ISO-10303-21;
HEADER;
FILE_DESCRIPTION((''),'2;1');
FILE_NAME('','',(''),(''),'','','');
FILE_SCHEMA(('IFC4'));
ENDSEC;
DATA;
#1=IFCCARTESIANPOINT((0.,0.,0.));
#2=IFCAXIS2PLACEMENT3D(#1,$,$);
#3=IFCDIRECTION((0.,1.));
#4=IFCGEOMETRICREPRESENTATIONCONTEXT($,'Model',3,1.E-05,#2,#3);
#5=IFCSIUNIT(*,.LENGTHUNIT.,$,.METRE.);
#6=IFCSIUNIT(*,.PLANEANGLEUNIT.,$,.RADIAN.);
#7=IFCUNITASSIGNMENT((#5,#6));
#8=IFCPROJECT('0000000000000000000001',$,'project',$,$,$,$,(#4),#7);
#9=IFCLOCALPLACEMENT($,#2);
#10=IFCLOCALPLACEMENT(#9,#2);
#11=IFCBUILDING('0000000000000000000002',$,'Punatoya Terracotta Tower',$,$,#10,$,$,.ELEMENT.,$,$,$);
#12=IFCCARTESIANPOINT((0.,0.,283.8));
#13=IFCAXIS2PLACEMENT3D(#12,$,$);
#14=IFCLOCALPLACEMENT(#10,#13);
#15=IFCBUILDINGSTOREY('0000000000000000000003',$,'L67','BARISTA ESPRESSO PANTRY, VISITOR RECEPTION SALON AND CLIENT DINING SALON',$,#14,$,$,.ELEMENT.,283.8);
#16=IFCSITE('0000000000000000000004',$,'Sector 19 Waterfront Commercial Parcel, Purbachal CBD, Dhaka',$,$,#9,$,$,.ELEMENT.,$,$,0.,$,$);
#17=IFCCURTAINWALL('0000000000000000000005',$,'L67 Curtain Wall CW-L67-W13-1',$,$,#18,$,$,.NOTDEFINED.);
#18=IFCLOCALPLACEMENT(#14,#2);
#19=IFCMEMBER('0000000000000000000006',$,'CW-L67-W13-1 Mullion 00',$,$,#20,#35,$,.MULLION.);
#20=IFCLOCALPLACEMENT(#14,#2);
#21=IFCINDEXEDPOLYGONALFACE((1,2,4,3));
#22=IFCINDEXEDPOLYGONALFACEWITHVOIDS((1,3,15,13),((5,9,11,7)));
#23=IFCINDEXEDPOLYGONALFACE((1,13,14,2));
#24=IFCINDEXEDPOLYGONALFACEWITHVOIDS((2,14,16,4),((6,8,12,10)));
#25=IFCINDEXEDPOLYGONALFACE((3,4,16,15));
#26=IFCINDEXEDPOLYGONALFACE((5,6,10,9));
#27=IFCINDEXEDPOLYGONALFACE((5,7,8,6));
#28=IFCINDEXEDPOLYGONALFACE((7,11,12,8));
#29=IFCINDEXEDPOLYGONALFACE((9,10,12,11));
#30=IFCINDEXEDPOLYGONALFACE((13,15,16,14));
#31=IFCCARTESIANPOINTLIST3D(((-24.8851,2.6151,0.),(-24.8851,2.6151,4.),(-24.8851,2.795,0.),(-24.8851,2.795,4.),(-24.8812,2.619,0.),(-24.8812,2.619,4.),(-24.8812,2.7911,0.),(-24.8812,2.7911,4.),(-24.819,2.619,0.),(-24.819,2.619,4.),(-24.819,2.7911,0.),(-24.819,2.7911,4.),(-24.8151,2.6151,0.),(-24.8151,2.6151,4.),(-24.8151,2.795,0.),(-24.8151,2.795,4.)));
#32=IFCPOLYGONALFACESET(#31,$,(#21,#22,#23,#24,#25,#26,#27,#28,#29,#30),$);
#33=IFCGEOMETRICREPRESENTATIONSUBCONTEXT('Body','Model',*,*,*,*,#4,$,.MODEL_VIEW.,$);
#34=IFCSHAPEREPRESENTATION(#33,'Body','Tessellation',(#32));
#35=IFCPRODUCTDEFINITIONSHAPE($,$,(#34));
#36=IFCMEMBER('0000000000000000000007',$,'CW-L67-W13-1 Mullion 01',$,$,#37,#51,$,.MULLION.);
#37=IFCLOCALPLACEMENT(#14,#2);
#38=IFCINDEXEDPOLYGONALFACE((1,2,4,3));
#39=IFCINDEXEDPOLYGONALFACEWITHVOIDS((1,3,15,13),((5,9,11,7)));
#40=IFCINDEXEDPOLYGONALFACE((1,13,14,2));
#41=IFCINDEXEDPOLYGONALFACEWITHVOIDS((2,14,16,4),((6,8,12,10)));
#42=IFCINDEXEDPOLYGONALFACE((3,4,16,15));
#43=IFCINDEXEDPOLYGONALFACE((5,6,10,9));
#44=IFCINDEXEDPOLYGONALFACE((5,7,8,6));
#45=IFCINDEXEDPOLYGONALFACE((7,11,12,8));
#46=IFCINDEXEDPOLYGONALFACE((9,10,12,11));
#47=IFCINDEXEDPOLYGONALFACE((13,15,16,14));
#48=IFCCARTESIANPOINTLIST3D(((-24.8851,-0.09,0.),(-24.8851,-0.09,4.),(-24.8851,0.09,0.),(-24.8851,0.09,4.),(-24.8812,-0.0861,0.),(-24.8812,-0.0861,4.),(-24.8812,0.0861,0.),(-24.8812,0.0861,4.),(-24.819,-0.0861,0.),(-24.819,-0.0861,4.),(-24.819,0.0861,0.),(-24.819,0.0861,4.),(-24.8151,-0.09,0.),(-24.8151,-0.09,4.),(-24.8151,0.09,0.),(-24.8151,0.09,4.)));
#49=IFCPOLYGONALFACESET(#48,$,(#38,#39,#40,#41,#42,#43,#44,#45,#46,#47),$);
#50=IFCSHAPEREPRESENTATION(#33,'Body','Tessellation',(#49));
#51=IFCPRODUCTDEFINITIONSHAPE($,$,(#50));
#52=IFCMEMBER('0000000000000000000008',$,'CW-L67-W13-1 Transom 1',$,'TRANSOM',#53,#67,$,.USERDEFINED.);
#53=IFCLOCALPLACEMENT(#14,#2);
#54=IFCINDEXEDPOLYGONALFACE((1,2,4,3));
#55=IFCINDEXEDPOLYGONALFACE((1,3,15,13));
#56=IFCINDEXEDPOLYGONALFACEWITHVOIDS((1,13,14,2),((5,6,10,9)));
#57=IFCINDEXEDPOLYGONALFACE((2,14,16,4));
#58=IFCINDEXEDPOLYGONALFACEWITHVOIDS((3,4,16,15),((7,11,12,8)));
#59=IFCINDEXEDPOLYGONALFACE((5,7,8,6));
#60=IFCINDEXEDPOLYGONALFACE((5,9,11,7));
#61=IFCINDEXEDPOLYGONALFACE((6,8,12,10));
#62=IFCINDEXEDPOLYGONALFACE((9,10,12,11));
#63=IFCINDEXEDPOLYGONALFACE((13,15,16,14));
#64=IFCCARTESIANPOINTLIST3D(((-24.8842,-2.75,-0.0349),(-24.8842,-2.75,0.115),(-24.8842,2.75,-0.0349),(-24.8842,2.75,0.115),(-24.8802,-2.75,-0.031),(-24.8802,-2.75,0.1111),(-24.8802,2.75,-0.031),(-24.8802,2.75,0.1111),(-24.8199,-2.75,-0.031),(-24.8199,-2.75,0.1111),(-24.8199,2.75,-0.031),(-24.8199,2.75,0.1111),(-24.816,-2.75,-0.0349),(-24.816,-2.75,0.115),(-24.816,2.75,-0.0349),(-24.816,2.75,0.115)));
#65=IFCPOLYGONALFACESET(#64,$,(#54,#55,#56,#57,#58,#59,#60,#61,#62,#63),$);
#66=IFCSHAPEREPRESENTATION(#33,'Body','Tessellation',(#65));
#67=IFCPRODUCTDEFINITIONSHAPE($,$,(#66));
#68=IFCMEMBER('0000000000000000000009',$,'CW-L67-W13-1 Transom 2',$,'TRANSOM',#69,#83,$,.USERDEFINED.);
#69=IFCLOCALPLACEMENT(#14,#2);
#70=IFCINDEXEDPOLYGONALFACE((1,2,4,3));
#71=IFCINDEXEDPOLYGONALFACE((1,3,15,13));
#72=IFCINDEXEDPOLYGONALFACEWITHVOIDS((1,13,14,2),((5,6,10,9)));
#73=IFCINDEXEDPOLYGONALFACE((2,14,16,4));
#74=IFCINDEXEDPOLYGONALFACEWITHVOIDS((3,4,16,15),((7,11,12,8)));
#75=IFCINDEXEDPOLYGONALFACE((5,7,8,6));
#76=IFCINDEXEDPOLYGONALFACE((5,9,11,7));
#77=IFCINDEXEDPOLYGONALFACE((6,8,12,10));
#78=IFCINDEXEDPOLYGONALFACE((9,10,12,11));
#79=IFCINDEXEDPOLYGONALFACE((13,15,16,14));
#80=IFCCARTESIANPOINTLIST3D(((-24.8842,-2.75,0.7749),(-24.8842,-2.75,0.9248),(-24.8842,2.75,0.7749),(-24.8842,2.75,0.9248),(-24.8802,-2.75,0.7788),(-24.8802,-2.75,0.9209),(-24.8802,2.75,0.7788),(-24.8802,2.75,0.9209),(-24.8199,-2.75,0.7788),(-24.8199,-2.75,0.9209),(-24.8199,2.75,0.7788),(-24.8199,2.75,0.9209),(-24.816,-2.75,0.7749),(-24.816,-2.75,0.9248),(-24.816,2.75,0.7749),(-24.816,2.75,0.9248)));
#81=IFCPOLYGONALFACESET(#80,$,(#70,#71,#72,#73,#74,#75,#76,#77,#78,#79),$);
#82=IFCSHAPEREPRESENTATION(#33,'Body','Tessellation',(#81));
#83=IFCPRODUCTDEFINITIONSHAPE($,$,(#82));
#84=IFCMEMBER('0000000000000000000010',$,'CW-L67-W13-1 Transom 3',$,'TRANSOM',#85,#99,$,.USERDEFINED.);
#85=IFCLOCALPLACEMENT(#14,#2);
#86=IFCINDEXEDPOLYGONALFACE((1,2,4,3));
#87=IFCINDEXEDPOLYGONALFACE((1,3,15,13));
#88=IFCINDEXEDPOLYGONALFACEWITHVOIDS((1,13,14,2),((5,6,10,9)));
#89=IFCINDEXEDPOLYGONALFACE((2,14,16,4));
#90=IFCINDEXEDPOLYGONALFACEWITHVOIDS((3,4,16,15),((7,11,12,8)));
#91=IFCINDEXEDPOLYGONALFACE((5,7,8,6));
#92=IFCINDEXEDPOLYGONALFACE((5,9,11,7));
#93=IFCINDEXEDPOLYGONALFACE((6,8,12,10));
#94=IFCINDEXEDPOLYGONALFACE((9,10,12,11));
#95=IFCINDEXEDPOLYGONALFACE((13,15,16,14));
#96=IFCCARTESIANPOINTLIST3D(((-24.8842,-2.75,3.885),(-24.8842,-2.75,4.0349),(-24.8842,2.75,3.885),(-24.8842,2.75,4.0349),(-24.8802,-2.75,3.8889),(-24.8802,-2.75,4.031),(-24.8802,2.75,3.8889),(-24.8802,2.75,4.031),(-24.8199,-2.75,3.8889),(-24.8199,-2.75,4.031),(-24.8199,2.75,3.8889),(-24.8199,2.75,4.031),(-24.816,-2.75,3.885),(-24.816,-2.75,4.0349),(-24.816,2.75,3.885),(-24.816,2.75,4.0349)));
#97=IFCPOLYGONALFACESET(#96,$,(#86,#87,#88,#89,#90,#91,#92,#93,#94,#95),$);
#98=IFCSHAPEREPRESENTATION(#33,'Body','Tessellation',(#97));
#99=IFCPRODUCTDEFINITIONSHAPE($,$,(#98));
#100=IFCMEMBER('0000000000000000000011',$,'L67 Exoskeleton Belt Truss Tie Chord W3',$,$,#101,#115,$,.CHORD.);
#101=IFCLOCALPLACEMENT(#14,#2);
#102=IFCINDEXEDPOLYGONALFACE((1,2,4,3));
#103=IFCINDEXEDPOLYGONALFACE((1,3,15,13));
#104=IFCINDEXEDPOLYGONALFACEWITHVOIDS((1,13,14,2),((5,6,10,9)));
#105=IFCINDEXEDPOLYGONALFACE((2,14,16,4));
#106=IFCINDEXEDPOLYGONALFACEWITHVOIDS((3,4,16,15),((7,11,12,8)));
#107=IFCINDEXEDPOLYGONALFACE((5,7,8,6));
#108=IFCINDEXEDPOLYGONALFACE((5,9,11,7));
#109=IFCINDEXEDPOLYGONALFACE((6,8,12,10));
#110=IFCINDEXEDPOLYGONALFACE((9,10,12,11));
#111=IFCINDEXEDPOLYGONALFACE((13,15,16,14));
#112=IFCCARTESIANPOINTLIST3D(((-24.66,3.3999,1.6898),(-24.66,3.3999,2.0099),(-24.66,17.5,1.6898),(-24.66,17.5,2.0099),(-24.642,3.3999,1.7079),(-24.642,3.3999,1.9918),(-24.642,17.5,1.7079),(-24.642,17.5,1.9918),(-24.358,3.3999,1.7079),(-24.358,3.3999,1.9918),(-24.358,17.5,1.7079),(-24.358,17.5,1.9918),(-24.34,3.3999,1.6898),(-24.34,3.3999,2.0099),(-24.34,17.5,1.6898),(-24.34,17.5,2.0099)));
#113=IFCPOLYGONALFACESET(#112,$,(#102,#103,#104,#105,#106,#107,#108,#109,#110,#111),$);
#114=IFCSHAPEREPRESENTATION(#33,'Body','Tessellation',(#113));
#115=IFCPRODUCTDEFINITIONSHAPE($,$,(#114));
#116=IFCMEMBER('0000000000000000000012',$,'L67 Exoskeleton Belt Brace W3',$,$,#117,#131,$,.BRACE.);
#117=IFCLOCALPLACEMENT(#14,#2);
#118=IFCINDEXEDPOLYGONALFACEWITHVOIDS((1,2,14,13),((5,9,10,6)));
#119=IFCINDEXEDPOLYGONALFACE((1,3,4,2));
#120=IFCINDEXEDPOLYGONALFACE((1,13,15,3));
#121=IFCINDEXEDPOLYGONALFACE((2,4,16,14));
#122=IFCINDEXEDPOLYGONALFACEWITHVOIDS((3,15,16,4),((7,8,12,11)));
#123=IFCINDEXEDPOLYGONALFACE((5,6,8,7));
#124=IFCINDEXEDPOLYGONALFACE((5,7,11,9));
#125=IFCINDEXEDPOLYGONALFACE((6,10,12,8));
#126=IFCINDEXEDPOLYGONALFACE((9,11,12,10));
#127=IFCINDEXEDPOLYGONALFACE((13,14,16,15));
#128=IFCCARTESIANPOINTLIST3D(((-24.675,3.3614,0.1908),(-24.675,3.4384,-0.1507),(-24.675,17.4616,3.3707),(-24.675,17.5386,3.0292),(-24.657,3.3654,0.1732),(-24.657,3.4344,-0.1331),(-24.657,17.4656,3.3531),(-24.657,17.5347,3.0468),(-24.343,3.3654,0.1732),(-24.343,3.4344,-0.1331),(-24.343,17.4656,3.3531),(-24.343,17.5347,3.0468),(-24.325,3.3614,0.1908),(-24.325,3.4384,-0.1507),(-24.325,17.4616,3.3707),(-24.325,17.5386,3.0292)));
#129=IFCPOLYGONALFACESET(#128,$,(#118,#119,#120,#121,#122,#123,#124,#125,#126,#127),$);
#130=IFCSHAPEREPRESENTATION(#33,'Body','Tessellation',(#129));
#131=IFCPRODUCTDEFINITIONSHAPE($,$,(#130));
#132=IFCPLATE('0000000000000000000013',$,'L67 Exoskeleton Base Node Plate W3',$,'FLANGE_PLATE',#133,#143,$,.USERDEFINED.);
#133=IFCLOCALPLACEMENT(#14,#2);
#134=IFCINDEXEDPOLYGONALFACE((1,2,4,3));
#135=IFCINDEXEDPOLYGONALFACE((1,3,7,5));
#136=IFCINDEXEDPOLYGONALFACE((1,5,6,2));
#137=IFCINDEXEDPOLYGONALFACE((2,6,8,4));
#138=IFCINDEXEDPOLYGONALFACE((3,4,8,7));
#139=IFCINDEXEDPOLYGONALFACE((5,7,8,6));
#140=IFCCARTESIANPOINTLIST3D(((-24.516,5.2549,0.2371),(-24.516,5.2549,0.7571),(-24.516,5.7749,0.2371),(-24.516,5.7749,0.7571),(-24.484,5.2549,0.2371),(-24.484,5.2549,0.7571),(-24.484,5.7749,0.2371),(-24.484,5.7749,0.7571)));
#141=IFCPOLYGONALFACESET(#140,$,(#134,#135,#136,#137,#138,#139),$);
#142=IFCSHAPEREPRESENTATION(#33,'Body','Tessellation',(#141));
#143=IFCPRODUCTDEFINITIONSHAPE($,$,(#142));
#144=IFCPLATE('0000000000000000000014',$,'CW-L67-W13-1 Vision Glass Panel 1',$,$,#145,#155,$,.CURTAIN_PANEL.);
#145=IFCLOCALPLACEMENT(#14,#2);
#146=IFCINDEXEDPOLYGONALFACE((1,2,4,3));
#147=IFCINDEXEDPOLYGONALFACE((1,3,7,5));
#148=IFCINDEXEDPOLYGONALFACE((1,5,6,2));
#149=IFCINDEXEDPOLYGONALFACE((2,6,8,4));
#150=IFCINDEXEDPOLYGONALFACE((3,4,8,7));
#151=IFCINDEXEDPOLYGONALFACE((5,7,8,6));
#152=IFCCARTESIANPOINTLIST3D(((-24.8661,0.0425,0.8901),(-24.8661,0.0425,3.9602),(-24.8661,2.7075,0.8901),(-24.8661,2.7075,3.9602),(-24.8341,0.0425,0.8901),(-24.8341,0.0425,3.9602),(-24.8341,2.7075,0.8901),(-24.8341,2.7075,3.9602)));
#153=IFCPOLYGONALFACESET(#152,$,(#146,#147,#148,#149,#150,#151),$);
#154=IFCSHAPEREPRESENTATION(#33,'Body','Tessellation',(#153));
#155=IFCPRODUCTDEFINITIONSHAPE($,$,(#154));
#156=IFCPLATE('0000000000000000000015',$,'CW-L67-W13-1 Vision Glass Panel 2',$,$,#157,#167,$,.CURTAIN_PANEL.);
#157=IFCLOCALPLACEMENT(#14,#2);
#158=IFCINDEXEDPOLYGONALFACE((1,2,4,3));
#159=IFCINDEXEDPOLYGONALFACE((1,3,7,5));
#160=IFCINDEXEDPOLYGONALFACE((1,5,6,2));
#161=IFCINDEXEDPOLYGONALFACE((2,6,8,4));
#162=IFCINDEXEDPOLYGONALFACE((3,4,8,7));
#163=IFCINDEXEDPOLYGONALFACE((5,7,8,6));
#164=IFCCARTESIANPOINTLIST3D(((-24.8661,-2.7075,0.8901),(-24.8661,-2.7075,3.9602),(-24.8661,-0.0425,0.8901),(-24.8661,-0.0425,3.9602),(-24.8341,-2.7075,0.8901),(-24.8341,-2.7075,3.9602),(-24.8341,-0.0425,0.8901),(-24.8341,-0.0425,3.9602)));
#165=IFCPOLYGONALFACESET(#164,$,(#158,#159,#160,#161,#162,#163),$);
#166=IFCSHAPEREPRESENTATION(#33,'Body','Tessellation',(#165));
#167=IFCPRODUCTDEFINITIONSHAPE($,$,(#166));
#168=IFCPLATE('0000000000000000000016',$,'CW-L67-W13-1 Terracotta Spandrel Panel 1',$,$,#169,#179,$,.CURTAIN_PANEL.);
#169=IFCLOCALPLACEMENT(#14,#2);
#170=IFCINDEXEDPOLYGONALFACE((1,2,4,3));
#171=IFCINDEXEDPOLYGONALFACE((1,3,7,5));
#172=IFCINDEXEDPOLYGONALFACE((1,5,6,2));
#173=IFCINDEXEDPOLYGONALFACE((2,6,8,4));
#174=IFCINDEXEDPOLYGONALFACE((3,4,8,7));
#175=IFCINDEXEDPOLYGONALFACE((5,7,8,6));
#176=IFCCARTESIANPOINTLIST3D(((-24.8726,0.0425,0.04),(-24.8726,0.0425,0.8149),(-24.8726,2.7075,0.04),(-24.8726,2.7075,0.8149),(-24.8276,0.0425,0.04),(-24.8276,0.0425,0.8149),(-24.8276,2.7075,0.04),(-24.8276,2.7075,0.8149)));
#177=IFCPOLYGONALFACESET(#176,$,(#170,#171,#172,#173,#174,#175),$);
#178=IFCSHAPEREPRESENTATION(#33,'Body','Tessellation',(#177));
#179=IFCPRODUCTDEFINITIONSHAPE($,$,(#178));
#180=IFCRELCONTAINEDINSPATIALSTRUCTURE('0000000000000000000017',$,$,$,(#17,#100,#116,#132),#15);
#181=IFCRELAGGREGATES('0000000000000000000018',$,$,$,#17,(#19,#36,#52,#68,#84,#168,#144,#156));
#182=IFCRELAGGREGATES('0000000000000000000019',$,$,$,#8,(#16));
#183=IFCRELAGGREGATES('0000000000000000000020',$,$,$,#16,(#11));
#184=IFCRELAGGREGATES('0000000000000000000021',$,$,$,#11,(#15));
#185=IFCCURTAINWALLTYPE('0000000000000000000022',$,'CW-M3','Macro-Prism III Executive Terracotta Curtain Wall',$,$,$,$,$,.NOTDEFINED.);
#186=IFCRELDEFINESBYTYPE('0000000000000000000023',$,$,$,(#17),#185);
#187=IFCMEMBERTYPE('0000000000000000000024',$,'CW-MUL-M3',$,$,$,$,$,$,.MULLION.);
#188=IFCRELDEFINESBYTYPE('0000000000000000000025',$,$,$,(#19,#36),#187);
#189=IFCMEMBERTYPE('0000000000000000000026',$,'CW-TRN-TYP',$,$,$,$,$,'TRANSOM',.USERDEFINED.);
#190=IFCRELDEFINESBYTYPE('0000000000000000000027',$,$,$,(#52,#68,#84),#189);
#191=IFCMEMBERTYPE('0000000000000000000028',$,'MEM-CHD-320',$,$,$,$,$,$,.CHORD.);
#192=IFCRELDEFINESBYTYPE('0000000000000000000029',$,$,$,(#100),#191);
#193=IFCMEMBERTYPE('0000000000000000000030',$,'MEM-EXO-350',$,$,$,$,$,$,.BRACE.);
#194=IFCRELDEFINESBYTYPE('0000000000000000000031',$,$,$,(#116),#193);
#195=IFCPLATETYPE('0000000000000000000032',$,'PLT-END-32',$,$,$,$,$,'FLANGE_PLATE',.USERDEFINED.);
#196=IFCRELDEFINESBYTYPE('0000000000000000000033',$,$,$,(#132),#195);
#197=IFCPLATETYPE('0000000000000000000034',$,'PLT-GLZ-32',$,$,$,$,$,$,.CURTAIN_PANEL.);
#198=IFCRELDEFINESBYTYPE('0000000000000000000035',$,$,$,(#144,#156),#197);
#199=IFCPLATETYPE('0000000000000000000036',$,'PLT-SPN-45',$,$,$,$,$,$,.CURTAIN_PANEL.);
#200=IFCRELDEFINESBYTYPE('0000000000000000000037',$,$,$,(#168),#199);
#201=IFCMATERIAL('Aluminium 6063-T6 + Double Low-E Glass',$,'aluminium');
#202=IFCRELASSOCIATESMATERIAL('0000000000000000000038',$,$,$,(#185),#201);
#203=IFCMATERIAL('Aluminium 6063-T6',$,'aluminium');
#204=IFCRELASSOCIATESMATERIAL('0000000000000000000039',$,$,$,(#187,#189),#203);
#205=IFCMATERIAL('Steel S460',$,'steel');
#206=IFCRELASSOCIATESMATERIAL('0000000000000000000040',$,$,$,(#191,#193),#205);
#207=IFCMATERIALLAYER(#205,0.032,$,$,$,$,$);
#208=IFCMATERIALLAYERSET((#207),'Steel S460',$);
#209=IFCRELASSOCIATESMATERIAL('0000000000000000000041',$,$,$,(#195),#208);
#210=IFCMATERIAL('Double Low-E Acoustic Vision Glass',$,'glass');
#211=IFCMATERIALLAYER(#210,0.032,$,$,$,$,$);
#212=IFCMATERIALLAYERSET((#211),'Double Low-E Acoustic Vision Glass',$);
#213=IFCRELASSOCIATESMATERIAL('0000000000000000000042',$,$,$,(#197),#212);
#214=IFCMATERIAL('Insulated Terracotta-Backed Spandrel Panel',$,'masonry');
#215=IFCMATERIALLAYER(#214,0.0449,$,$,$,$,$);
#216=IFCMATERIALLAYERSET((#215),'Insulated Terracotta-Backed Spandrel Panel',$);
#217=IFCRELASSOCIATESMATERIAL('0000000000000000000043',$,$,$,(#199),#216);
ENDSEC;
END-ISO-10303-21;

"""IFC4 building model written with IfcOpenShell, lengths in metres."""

from ifc_helpers import new_model, si_unit, direction, frame, origin, origin_2d, place, context, subcontext, project, spatial, rectangle, hollow_rectangle, extrude, material, layer, layer_set, material_profile, profile_set, type_object, element, aggregate, save


model = new_model("IFC4")

# Units and contexts
model_context = context("Model", 3, precision=1e-05, world=origin(), true_north=direction((0.0, 1.0)))
body_context = subcontext(model_context, "Body", "Model", "MODEL_VIEW")
ifc_project = project(units=[si_unit("LENGTHUNIT", "METRE"), si_unit("PLANEANGLEUNIT", "RADIAN")], contexts=[model_context])

# Site, building, storey
site_placement = place(None, origin())
site = spatial("IfcSite", under=ifc_project, at=site_placement, Name="Sector 19 Waterfront Commercial Parcel, Purbachal CBD, Dhaka", CompositionType="ELEMENT", RefElevation=0.0)
building_placement = place(site_placement, origin())
building = spatial("IfcBuilding", under=site, at=building_placement, Name="Punatoya Terracotta Tower", CompositionType="ELEMENT")
storey_placement = place(building_placement, frame((0.0, 0.0, 283.8)))
storey = spatial("IfcBuildingStorey", under=building, at=storey_placement, Name="L67", Description="BARISTA ESPRESSO PANTRY, VISITOR RECEPTION SALON AND CLIENT DINING SALON", CompositionType="ELEMENT", Elevation=283.8)

# Shared definitions
ifc_material_1 = material(Name="Steel S460", Category="steel")

# Curtain wall, members
ifc_material_2 = material(Name="Aluminium 6063-T6 + Double Low-E Glass", Category="aluminium")
curtain_wall_type = type_object("IfcCurtainWallType", Name="CW-M3", Description="Macro-Prism III Executive Terracotta Curtain Wall", PredefinedType="NOTDEFINED", material=ifc_material_2)
curtain_wall_placement = place(storey_placement, origin())
curtain_wall = element("IfcCurtainWall", 1, at=curtain_wall_placement, inside=storey, type_object=curtain_wall_type, Name="L67 Curtain Wall CW-L67-W13-1", PredefinedType="NOTDEFINED")
ifc_material_3 = material(Name="Aluminium 6063-T6", Category="aluminium")
ifc_material_profile_1 = material_profile(ifc_material_3, hollow_rectangle(XDim=0.0701, YDim=0.1799, WallThickness=0.0039, at=origin_2d()))
ifc_profile_set_1 = profile_set([ifc_material_profile_1], Name="Aluminium 6063-T6")
member_type_1 = type_object("IfcMemberType", Name="CW-MUL-M3", PredefinedType="MULLION", material=ifc_profile_set_1)
member_1_placement = place(storey_placement, frame((-24.8501, 2.7051, 0.0), z_axis=(0.0, 0.0, 1.0), x_axis=(1.0, 0.0, 0.0)))
member_1 = element("IfcMember", 2, at=member_1_placement, type_object=member_type_1, Name="CW-L67-W13-1 Mullion 00", PredefinedType="MULLION", context=body_context, shape_type="SweptSolid", body=[
    extrude(hollow_rectangle(XDim=0.0701, YDim=0.1799, WallThickness=0.0039, at=origin_2d()), origin(), (0.0, 0.0, 1.0), 4.0),
])
member_2_placement = place(storey_placement, frame((-24.8501, 0.0, 0.0), z_axis=(0.0, 0.0, 1.0), x_axis=(1.0, 0.0, 0.0)))
member_2 = element("IfcMember", 3, at=member_2_placement, type_object=member_type_1, Name="CW-L67-W13-1 Mullion 01", PredefinedType="MULLION", context=body_context, shape_type="SweptSolid", body=[
    extrude(hollow_rectangle(XDim=0.0701, YDim=0.1799, WallThickness=0.0039, at=origin_2d()), origin(), (0.0, 0.0, 1.0), 4.0),
])
ifc_material_profile_2 = material_profile(ifc_material_3, hollow_rectangle(XDim=0.0681, YDim=0.1499, WallThickness=0.0039, at=origin_2d()))
ifc_profile_set_2 = profile_set([ifc_material_profile_2], Name="Aluminium 6063-T6")
member_type_2 = type_object("IfcMemberType", Name="CW-TRN-TYP", ElementType="TRANSOM", PredefinedType="USERDEFINED", material=ifc_profile_set_2)
member_3_placement = place(storey_placement, frame((-24.8501, 2.75, 0.04), z_axis=(0.0, -1.0, 0.0), x_axis=(1.0, 0.0, 0.0)))
member_3 = element("IfcMember", 4, at=member_3_placement, type_object=member_type_2, Name="CW-L67-W13-1 Transom 1", ObjectType="TRANSOM", PredefinedType="USERDEFINED", context=body_context, shape_type="SweptSolid", body=[
    extrude(hollow_rectangle(XDim=0.0681, YDim=0.1499, WallThickness=0.0039, at=origin_2d()), origin(), (0.0, 0.0, 1.0), 5.5),
])
member_4_placement = place(storey_placement, frame((-24.8501, 2.75, 0.8499), z_axis=(0.0, -1.0, 0.0), x_axis=(1.0, 0.0, 0.0)))
member_4 = element("IfcMember", 5, at=member_4_placement, type_object=member_type_2, Name="CW-L67-W13-1 Transom 2", ObjectType="TRANSOM", PredefinedType="USERDEFINED", context=body_context, shape_type="SweptSolid", body=[
    extrude(hollow_rectangle(XDim=0.0681, YDim=0.1499, WallThickness=0.0039, at=origin_2d()), origin(), (0.0, 0.0, 1.0), 5.5),
])
member_5_placement = place(storey_placement, frame((-24.8501, 2.75, 3.96), z_axis=(0.0, -1.0, 0.0), x_axis=(1.0, 0.0, 0.0)))
member_5 = element("IfcMember", 6, at=member_5_placement, type_object=member_type_2, Name="CW-L67-W13-1 Transom 3", ObjectType="TRANSOM", PredefinedType="USERDEFINED", context=body_context, shape_type="SweptSolid", body=[
    extrude(hollow_rectangle(XDim=0.0681, YDim=0.1499, WallThickness=0.0039, at=origin_2d()), origin(), (0.0, 0.0, 1.0), 5.5),
])

# Members
ifc_material_profile_3 = material_profile(ifc_material_1, hollow_rectangle(XDim=0.3201, YDim=0.3201, WallThickness=0.0181, at=origin_2d()))
ifc_profile_set_3 = profile_set([ifc_material_profile_3], Name="Steel S460")
member_type_3 = type_object("IfcMemberType", Name="MEM-CHD-320", PredefinedType="CHORD", material=ifc_profile_set_3)
member_6_placement = place(storey_placement, frame((-24.5, 3.3999, 1.8499), z_axis=(0.0, 1.0, 0.0), x_axis=(-1.0, 0.0, 0.0)))
element("IfcMember", 7, at=member_6_placement, inside=storey, type_object=member_type_3, Name="L67 Exoskeleton Belt Truss Tie Chord W3", PredefinedType="CHORD", context=body_context, shape_type="SweptSolid", body=[
    extrude(hollow_rectangle(XDim=0.3201, YDim=0.3201, WallThickness=0.0181, at=origin_2d()), origin(), (0.0, 0.0, 1.0), 14.1001),
])
ifc_material_profile_4 = material_profile(ifc_material_1, hollow_rectangle(XDim=0.3501, YDim=0.3501, WallThickness=0.0181, at=origin_2d()))
ifc_profile_set_4 = profile_set([ifc_material_profile_4], Name="Steel S460")
member_type_4 = type_object("IfcMemberType", Name="MEM-EXO-350", PredefinedType="BRACE", material=ifc_profile_set_4)
member_7_placement = place(storey_placement, frame((-24.5, 3.3999, 0.02), z_axis=(0.0, 0.9755, 0.22), x_axis=(-1.0, 0.0, 0.0)))
element("IfcMember", 8, at=member_7_placement, inside=storey, type_object=member_type_4, Name="L67 Exoskeleton Belt Brace W3", PredefinedType="BRACE", context=body_context, shape_type="SweptSolid", body=[
    extrude(hollow_rectangle(XDim=0.3501, YDim=0.3501, WallThickness=0.0181, at=origin_2d()), origin(), (0.0, 0.0, 1.0), 14.4543),
])

# Plates
ifc_layer_1 = layer(ifc_material_1, 0.032)
ifc_layer_set_1 = layer_set([ifc_layer_1], Name="Steel S460")
plate_type_1 = type_object("IfcPlateType", Name="PLT-END-32", ElementType="FLANGE_PLATE", PredefinedType="USERDEFINED", material=ifc_layer_set_1)
plate_1_placement = place(storey_placement, frame((-24.5, 5.5149, 0.2371), z_axis=(0.0, 0.0, 1.0), x_axis=(0.0, 1.0, 0.0)))
element("IfcPlate", 9, at=plate_1_placement, inside=storey, type_object=plate_type_1, Name="L67 Exoskeleton Base Node Plate W3", ObjectType="FLANGE_PLATE", PredefinedType="USERDEFINED", context=body_context, shape_type="SweptSolid", body=[
    extrude(rectangle(XDim=0.52, YDim=0.032, at=origin_2d()), origin(), (0.0, 0.0, 1.0), 0.52),
])
ifc_material_4 = material(Name="Double Low-E Acoustic Vision Glass", Category="glass")
ifc_layer_2 = layer(ifc_material_4, 0.032)
ifc_layer_set_2 = layer_set([ifc_layer_2], Name="Double Low-E Acoustic Vision Glass")
plate_type_2 = type_object("IfcPlateType", Name="PLT-GLZ-32", PredefinedType="CURTAIN_PANEL", material=ifc_layer_set_2)
plate_2_placement = place(storey_placement, frame((-24.8501, 1.375, 0.8901), z_axis=(0.0, 0.0, 1.0), x_axis=(0.0, -1.0, 0.0)))
plate_2 = element("IfcPlate", 10, at=plate_2_placement, type_object=plate_type_2, Name="CW-L67-W13-1 Vision Glass Panel 1", PredefinedType="CURTAIN_PANEL", context=body_context, shape_type="SweptSolid", body=[
    extrude(rectangle(XDim=2.665, YDim=0.032, at=origin_2d()), origin(), (0.0, 0.0, 1.0), 3.0701),
])
plate_3_placement = place(storey_placement, frame((-24.8501, -1.375, 0.8901), z_axis=(0.0, 0.0, 1.0), x_axis=(0.0, -1.0, 0.0)))
plate_3 = element("IfcPlate", 11, at=plate_3_placement, type_object=plate_type_2, Name="CW-L67-W13-1 Vision Glass Panel 2", PredefinedType="CURTAIN_PANEL", context=body_context, shape_type="SweptSolid", body=[
    extrude(rectangle(XDim=2.665, YDim=0.032, at=origin_2d()), origin(), (0.0, 0.0, 1.0), 3.0701),
])
ifc_material_5 = material(Name="Insulated Terracotta-Backed Spandrel Panel", Category="masonry")
ifc_layer_3 = layer(ifc_material_5, 0.0449)
ifc_layer_set_3 = layer_set([ifc_layer_3], Name="Insulated Terracotta-Backed Spandrel Panel")
plate_type_3 = type_object("IfcPlateType", Name="PLT-SPN-45", PredefinedType="CURTAIN_PANEL", material=ifc_layer_set_3)
plate_4_placement = place(storey_placement, frame((-24.8501, 1.375, 0.04), z_axis=(0.0, 0.0, 1.0), x_axis=(0.0, -1.0, 0.0)))
plate_4 = element("IfcPlate", 12, at=plate_4_placement, type_object=plate_type_3, Name="CW-L67-W13-1 Terracotta Spandrel Panel 1", PredefinedType="CURTAIN_PANEL", context=body_context, shape_type="SweptSolid", body=[
    extrude(rectangle(XDim=2.665, YDim=0.0449, at=origin_2d()), origin(), (0.0, 0.0, 1.0), 0.7749),
])
aggregate(curtain_wall, [member_1, member_2, member_3, member_4, member_5, plate_4, plate_2, plate_3])

save(model, "model.ifc")
